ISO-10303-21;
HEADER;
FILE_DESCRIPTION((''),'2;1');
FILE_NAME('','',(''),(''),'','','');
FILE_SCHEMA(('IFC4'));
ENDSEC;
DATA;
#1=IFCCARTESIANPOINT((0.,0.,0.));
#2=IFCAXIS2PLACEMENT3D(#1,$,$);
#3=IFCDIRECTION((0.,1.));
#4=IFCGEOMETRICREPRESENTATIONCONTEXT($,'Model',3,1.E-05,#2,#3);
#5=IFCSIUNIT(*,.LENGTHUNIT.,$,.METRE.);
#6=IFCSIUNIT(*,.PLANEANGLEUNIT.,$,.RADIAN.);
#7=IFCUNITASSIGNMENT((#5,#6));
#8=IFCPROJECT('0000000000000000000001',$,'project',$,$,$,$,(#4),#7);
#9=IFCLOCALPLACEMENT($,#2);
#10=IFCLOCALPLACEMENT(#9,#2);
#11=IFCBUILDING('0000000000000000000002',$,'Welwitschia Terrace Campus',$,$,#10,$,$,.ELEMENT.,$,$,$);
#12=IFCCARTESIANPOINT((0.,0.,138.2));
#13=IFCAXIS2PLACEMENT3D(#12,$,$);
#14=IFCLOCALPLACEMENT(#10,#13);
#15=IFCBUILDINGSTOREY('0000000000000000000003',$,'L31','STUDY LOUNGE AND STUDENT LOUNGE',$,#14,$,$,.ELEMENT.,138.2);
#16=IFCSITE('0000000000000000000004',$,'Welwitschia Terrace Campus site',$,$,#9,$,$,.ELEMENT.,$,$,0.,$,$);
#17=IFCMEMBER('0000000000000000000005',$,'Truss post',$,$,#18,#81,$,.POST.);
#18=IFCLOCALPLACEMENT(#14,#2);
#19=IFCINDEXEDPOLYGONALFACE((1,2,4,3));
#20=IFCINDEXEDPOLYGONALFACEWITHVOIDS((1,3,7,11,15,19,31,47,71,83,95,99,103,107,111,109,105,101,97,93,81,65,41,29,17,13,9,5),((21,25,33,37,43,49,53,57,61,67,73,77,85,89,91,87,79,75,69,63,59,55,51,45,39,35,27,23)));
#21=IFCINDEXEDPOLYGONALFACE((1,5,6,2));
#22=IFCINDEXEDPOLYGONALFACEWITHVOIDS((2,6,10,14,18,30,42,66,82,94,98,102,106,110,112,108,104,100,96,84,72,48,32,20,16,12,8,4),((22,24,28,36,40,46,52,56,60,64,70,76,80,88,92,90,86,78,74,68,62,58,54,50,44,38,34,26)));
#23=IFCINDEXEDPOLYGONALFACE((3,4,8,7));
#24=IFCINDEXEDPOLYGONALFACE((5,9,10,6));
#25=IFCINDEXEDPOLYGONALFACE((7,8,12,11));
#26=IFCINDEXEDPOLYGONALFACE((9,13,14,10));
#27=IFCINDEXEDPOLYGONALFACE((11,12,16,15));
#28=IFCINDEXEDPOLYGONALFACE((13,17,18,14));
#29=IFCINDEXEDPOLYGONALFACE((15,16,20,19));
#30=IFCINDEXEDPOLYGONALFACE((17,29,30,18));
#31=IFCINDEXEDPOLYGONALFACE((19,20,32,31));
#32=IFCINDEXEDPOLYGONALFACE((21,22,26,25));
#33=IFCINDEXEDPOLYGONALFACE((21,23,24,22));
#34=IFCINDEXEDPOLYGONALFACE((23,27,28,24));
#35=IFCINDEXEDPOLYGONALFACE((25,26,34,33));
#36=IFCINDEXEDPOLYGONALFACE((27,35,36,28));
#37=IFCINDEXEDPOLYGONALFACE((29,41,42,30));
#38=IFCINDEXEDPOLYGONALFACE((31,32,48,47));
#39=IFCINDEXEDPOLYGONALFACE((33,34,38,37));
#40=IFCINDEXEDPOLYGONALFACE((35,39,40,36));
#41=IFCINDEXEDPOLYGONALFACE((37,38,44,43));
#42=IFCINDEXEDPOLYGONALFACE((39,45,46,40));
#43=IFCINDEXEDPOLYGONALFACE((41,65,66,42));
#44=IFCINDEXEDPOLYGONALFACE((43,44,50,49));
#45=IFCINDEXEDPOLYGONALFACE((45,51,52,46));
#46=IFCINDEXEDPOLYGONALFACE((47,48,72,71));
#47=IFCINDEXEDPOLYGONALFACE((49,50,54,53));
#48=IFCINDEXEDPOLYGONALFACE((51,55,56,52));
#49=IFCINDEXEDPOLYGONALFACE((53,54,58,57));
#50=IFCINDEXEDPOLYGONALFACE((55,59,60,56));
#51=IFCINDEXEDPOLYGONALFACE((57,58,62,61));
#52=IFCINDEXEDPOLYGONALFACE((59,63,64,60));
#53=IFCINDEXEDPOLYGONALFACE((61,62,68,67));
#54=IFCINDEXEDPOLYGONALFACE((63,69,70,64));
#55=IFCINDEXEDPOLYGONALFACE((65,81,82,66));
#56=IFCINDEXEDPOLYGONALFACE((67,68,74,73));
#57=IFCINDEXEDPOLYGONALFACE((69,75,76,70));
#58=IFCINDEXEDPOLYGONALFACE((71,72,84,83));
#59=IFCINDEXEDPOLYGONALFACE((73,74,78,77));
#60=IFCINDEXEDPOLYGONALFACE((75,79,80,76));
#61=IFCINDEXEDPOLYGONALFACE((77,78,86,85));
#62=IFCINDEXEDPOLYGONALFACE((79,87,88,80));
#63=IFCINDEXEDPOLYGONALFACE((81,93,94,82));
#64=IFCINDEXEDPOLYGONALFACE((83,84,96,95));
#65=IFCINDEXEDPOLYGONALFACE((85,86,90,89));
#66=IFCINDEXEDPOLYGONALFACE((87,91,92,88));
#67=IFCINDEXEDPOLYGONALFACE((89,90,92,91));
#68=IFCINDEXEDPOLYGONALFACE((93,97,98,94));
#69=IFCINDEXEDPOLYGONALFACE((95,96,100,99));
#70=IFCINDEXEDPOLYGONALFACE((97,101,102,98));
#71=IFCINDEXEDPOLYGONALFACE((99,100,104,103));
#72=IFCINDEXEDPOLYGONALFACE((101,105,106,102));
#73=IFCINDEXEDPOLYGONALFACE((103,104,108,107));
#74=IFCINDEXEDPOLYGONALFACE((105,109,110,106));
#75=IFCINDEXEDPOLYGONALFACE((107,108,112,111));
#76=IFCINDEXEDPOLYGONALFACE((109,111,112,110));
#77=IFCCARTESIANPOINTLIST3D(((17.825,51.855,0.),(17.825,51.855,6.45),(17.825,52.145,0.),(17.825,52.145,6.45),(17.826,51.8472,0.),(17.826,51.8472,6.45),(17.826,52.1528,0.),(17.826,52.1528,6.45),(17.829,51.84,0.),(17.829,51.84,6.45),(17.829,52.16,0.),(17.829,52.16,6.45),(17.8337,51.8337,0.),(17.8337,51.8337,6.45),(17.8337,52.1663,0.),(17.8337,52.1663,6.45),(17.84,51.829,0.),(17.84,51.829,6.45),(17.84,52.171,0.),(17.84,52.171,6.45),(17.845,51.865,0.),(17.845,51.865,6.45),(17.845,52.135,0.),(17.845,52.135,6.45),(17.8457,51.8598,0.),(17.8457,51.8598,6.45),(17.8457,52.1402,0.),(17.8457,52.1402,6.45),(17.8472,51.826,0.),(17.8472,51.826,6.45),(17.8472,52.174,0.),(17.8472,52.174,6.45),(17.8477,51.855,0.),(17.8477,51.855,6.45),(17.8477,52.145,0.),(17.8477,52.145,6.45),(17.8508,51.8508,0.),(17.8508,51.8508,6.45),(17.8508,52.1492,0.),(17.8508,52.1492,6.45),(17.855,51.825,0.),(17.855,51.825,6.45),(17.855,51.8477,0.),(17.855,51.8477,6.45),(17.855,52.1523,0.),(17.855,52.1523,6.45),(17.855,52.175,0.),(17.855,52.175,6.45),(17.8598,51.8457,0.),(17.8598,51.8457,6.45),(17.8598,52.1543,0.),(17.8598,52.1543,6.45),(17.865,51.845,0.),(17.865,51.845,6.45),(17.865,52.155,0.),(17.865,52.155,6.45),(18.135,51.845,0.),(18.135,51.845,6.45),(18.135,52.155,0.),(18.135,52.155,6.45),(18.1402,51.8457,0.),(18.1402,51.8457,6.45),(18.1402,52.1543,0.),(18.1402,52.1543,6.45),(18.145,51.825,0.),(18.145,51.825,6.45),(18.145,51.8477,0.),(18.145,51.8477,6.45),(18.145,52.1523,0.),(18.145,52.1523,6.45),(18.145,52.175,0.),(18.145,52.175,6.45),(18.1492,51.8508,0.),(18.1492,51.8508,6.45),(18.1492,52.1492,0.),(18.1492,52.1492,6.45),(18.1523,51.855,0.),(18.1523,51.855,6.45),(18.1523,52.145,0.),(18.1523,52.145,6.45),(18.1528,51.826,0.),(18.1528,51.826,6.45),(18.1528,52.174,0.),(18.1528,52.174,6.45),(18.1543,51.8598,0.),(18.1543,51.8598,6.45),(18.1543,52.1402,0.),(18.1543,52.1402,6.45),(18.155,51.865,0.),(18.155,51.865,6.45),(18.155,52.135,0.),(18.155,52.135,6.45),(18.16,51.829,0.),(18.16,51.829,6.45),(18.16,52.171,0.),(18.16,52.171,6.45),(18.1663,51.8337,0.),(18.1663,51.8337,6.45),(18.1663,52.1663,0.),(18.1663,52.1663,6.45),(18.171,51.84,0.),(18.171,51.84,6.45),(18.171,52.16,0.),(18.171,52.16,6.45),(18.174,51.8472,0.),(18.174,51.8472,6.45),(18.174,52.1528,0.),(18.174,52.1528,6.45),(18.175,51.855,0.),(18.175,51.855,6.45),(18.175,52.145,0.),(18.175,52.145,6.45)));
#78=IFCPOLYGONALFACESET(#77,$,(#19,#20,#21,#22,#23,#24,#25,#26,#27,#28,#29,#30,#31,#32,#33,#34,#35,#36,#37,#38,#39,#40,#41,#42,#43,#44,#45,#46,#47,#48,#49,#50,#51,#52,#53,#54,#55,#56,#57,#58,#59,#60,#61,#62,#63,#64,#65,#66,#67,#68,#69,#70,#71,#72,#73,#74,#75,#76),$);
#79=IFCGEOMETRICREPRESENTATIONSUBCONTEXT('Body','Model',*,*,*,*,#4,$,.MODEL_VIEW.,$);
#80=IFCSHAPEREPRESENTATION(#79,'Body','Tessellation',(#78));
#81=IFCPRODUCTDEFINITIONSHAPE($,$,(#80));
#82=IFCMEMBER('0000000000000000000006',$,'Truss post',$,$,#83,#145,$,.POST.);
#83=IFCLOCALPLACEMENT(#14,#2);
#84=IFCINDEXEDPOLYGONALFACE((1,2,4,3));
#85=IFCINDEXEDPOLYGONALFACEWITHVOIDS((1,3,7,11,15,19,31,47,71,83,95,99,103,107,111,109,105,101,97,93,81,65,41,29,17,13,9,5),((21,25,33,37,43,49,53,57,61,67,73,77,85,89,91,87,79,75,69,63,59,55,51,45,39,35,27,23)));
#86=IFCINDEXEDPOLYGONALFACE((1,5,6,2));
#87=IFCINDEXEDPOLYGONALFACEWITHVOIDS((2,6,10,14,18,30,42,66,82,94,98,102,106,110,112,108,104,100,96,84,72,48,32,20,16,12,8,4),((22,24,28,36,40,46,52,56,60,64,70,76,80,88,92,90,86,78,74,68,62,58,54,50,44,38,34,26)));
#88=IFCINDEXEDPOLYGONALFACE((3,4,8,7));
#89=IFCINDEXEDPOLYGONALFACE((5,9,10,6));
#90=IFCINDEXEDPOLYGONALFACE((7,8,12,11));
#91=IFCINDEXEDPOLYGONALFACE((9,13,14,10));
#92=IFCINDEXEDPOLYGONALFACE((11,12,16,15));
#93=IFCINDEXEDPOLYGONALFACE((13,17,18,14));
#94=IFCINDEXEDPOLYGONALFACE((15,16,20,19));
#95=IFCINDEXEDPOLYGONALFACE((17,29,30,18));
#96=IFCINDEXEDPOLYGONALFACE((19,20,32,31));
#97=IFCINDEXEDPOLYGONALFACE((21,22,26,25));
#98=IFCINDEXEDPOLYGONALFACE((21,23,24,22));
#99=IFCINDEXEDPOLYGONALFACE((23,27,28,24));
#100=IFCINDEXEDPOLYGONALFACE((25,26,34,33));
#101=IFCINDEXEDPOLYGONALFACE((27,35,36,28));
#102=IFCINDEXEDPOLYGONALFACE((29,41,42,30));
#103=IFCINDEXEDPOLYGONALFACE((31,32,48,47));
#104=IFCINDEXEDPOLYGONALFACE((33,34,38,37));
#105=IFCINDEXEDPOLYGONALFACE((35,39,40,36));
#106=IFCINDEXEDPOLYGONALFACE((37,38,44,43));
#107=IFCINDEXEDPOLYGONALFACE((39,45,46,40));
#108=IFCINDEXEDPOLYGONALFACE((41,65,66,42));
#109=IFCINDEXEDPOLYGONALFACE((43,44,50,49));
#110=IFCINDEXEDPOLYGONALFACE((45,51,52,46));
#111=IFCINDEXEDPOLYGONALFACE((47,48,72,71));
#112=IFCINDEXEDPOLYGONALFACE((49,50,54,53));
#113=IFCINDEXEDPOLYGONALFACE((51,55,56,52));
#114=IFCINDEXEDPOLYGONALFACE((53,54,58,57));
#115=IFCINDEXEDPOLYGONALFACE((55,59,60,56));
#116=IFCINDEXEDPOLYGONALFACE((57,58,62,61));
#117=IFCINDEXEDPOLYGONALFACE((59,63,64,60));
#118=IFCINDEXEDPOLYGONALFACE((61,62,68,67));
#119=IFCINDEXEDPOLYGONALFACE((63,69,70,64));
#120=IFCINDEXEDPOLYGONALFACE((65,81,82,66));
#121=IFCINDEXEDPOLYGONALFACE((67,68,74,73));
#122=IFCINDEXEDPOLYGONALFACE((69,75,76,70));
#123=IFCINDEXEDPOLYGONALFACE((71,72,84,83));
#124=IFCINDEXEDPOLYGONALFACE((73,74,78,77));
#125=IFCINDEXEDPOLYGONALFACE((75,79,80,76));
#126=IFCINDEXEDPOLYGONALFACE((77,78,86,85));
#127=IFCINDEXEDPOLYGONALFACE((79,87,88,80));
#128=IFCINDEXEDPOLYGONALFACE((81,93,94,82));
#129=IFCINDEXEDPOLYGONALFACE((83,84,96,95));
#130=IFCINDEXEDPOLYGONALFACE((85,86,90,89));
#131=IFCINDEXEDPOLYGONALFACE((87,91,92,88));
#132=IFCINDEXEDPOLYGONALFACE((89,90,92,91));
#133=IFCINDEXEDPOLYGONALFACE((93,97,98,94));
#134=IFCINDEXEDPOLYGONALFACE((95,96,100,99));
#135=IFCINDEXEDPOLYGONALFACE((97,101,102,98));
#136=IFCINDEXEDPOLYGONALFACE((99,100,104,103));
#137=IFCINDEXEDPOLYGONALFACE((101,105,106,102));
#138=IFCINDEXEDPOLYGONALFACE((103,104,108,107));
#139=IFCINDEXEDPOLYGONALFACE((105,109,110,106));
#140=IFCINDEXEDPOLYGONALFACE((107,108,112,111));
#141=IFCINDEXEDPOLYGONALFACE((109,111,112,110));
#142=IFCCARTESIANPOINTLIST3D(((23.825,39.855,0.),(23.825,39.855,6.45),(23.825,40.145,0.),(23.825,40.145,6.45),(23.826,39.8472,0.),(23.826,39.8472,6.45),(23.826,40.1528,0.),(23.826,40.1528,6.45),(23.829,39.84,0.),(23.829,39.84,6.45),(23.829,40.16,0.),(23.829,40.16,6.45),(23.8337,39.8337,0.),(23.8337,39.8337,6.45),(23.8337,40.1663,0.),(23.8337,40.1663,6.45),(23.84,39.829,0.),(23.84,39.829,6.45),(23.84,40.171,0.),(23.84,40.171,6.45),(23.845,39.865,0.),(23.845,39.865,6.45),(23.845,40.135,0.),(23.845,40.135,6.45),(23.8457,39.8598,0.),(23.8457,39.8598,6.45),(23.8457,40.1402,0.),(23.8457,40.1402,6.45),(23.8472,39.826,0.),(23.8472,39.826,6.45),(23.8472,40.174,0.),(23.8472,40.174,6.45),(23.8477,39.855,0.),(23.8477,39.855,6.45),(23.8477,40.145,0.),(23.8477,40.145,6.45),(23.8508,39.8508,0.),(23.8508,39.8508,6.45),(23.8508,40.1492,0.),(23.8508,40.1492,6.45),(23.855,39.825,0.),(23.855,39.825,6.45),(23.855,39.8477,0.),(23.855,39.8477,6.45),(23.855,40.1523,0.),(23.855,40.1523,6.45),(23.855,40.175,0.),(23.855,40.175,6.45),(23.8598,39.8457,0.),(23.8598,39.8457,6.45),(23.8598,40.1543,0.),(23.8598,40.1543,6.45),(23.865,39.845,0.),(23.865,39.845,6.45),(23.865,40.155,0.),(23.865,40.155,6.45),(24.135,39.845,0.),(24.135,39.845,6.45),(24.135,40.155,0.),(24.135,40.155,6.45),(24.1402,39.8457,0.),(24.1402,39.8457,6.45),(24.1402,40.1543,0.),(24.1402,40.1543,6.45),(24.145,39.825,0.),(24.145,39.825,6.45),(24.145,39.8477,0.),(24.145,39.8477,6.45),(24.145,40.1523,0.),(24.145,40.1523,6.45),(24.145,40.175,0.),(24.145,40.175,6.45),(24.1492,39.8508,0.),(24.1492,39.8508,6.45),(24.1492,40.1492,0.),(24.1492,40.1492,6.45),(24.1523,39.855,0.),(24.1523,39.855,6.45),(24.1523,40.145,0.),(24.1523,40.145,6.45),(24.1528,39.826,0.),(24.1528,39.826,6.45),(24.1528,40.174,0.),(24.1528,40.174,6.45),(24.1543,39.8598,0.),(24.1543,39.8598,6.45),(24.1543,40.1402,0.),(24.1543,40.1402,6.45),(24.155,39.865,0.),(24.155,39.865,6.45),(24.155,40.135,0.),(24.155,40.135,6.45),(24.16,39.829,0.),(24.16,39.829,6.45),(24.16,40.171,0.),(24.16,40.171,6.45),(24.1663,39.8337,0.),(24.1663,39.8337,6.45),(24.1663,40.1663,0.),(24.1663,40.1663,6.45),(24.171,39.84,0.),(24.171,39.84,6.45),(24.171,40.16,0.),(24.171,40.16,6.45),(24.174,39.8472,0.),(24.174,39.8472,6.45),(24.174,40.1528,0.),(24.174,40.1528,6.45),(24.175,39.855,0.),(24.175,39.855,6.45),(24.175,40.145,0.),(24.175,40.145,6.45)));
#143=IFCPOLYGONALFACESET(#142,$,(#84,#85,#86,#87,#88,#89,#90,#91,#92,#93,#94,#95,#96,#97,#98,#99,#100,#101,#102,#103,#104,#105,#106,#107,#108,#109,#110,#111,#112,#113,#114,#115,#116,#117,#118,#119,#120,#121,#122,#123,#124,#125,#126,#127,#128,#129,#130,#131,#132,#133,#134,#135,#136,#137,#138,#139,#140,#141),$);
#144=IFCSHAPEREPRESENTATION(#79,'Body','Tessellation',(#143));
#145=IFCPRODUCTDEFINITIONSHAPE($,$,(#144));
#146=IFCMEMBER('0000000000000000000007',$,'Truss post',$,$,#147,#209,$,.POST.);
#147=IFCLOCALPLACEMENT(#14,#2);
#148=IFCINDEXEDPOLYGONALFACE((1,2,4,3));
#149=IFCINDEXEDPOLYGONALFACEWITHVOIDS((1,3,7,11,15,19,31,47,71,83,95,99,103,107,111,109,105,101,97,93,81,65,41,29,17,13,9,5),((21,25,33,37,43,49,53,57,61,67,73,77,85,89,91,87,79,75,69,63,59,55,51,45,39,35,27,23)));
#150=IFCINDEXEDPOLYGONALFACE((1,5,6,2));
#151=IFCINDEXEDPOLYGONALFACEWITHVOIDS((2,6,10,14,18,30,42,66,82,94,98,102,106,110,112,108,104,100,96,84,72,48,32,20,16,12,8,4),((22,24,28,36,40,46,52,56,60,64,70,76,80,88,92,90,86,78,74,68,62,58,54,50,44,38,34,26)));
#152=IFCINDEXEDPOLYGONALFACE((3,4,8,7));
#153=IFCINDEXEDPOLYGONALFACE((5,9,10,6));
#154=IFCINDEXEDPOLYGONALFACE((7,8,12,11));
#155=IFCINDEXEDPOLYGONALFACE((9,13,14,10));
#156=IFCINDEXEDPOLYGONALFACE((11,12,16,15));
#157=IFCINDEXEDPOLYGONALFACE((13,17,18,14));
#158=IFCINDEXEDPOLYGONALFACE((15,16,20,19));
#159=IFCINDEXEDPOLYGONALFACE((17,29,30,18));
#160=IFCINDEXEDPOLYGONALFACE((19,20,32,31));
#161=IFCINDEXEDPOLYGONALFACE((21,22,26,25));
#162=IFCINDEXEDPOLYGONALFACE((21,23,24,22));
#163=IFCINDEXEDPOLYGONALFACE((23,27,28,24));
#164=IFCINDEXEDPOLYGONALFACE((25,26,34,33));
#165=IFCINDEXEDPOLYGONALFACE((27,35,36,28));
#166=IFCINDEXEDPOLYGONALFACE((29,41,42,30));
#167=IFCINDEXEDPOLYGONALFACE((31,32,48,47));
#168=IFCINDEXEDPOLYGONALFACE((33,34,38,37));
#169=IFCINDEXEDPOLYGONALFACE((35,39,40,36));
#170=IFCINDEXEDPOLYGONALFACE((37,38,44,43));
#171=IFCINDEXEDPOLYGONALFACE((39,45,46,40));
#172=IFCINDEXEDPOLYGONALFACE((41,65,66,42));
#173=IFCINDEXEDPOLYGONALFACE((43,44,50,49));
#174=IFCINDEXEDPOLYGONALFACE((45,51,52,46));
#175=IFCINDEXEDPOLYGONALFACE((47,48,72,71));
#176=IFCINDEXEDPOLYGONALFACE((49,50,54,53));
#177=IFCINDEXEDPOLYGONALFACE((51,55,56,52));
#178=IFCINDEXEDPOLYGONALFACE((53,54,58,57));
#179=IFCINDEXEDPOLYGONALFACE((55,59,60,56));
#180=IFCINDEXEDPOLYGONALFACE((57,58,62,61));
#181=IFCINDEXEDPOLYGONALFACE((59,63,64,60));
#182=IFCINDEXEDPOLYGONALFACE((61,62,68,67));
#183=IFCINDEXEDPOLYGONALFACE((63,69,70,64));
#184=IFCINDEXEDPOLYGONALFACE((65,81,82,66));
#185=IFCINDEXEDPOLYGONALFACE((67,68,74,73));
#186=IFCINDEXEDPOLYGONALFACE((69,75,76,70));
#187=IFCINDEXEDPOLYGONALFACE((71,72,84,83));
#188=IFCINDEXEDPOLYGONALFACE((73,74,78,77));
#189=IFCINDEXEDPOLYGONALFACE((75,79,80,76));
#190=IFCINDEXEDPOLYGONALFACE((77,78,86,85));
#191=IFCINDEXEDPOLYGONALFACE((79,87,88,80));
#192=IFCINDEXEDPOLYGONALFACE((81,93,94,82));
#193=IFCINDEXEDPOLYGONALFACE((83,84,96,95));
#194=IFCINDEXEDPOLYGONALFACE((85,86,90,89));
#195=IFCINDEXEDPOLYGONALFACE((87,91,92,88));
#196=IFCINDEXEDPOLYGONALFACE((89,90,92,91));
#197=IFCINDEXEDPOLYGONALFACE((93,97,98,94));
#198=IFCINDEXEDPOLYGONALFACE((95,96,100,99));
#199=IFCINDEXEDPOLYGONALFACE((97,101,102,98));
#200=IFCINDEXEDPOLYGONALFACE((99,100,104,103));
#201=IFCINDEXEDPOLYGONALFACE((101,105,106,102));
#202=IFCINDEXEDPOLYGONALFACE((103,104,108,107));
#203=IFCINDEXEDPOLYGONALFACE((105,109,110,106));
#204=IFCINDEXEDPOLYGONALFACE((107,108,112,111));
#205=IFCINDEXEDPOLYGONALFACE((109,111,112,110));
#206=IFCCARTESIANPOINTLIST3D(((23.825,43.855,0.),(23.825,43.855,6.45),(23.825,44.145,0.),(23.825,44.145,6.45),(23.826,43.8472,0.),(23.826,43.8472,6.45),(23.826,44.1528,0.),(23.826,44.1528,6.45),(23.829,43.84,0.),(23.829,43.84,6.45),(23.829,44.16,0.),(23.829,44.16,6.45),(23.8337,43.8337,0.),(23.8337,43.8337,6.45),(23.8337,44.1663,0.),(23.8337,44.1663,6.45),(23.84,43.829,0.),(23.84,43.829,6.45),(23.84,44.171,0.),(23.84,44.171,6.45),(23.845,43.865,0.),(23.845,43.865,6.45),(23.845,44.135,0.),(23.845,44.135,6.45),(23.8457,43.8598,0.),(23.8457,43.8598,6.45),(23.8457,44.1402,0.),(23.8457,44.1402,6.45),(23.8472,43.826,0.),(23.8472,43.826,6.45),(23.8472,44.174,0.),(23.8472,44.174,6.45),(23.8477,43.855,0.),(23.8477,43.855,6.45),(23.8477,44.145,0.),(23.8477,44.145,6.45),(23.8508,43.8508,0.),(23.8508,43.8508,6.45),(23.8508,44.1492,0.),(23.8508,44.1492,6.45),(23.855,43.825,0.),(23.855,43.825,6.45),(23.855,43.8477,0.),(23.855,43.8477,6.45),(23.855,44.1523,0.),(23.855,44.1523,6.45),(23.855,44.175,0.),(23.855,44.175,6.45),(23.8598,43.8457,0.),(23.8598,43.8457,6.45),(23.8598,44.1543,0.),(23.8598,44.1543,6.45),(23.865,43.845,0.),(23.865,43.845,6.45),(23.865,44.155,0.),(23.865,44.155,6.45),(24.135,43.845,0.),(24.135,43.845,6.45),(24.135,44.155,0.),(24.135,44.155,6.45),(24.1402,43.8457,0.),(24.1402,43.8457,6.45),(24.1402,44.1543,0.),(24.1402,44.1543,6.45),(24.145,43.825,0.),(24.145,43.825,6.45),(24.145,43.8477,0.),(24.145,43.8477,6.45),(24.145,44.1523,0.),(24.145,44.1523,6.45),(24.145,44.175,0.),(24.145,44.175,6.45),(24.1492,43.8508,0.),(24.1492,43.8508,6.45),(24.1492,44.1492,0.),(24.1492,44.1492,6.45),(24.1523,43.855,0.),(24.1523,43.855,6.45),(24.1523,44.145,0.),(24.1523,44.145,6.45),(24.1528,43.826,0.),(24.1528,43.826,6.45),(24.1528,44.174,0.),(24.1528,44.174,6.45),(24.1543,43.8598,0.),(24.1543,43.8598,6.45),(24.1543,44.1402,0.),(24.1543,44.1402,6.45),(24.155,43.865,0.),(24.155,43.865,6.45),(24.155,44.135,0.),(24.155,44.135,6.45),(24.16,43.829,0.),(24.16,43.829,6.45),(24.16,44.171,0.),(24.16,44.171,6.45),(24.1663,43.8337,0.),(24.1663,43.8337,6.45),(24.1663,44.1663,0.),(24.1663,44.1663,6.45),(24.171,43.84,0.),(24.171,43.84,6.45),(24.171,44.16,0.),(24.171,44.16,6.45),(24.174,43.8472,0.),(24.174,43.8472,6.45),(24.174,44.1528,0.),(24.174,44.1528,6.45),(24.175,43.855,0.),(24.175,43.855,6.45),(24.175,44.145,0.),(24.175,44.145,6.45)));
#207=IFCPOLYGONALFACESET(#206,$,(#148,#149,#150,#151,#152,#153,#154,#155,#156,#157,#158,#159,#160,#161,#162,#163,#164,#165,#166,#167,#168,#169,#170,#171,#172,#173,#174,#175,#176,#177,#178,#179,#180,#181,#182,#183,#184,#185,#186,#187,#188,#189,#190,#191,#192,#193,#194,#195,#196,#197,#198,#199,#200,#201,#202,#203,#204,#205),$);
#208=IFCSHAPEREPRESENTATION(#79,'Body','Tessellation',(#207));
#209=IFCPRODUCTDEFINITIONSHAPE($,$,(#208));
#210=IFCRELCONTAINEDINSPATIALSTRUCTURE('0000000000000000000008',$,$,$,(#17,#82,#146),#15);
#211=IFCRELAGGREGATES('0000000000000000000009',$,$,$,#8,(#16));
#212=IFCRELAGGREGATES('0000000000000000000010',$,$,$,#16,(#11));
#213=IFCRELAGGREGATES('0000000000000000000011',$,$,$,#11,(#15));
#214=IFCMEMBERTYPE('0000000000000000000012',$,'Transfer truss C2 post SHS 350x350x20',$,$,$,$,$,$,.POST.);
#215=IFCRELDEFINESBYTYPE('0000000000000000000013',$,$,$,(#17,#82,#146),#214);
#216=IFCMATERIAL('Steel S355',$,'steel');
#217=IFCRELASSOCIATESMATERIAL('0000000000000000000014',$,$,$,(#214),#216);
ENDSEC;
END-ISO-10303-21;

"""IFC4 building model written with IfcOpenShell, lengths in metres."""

from ifc_helpers import new_model, si_unit, direction, frame, origin, origin_2d, place, context, subcontext, project, spatial, hollow_rectangle, extrude, material, material_profile, profile_set, type_object, element, save


model = new_model("IFC4")

# Units and contexts
model_context = context("Model", 3, precision=1e-05, world=origin(), true_north=direction((0.0, 1.0)))
body_context = subcontext(model_context, "Body", "Model", "MODEL_VIEW")
ifc_project = project(units=[si_unit("LENGTHUNIT", "METRE"), si_unit("PLANEANGLEUNIT", "RADIAN")], contexts=[model_context])

# Site, building, storey
site_placement = place(None, origin())
site = spatial("IfcSite", under=ifc_project, at=site_placement, Name="Welwitschia Terrace Campus site", CompositionType="ELEMENT", RefElevation=0.0)
building_placement = place(site_placement, origin())
building = spatial("IfcBuilding", under=site, at=building_placement, Name="Welwitschia Terrace Campus", CompositionType="ELEMENT")
storey_placement = place(building_placement, frame((0.0, 0.0, 138.2)))
storey = spatial("IfcBuildingStorey", under=building, at=storey_placement, Name="L31", Description="STUDY LOUNGE AND STUDENT LOUNGE", CompositionType="ELEMENT", Elevation=138.2)

# Members
ifc_material_1 = material(Name="Steel S355", Category="steel")
ifc_material_profile_1 = material_profile(ifc_material_1, hollow_rectangle(XDim=0.3501, YDim=0.3501, WallThickness=0.02, InnerFilletRadius=0.02, OuterFilletRadius=0.03, at=origin_2d()))
ifc_profile_set_1 = profile_set([ifc_material_profile_1], Name="Steel S355")
member_type_1 = type_object("IfcMemberType", Name="Transfer truss C2 post SHS 350x350x20", PredefinedType="POST", material=ifc_profile_set_1)
for number, where, z_axis, x_axis, name in (
    (1, (18.0, 52.0, 0.0), (0.0, 0.0, 1.0), (1.0, 0.0, 0.0), "Truss post"),
    (2, (24.0, 40.0, 0.0), (0.0, 0.0, 1.0), (1.0, 0.0, 0.0), "Truss post"),
    (3, (24.0, 44.0, 0.0), (0.0, 0.0, 1.0), (1.0, 0.0, 0.0), "Truss post"),
):
    element("IfcMember", number, at=place(storey_placement, frame(where, z_axis=z_axis, x_axis=x_axis)), inside=storey, type_object=member_type_1, Name=name, PredefinedType="POST", context=body_context, shape_type="SweptSolid", body=[
        extrude(hollow_rectangle(XDim=0.3501, YDim=0.3501, WallThickness=0.02, InnerFilletRadius=0.02, OuterFilletRadius=0.03, at=origin_2d()), origin(), (0.0, 0.0, 1.0), 6.45),
    ])

save(model, "model.ifc")
